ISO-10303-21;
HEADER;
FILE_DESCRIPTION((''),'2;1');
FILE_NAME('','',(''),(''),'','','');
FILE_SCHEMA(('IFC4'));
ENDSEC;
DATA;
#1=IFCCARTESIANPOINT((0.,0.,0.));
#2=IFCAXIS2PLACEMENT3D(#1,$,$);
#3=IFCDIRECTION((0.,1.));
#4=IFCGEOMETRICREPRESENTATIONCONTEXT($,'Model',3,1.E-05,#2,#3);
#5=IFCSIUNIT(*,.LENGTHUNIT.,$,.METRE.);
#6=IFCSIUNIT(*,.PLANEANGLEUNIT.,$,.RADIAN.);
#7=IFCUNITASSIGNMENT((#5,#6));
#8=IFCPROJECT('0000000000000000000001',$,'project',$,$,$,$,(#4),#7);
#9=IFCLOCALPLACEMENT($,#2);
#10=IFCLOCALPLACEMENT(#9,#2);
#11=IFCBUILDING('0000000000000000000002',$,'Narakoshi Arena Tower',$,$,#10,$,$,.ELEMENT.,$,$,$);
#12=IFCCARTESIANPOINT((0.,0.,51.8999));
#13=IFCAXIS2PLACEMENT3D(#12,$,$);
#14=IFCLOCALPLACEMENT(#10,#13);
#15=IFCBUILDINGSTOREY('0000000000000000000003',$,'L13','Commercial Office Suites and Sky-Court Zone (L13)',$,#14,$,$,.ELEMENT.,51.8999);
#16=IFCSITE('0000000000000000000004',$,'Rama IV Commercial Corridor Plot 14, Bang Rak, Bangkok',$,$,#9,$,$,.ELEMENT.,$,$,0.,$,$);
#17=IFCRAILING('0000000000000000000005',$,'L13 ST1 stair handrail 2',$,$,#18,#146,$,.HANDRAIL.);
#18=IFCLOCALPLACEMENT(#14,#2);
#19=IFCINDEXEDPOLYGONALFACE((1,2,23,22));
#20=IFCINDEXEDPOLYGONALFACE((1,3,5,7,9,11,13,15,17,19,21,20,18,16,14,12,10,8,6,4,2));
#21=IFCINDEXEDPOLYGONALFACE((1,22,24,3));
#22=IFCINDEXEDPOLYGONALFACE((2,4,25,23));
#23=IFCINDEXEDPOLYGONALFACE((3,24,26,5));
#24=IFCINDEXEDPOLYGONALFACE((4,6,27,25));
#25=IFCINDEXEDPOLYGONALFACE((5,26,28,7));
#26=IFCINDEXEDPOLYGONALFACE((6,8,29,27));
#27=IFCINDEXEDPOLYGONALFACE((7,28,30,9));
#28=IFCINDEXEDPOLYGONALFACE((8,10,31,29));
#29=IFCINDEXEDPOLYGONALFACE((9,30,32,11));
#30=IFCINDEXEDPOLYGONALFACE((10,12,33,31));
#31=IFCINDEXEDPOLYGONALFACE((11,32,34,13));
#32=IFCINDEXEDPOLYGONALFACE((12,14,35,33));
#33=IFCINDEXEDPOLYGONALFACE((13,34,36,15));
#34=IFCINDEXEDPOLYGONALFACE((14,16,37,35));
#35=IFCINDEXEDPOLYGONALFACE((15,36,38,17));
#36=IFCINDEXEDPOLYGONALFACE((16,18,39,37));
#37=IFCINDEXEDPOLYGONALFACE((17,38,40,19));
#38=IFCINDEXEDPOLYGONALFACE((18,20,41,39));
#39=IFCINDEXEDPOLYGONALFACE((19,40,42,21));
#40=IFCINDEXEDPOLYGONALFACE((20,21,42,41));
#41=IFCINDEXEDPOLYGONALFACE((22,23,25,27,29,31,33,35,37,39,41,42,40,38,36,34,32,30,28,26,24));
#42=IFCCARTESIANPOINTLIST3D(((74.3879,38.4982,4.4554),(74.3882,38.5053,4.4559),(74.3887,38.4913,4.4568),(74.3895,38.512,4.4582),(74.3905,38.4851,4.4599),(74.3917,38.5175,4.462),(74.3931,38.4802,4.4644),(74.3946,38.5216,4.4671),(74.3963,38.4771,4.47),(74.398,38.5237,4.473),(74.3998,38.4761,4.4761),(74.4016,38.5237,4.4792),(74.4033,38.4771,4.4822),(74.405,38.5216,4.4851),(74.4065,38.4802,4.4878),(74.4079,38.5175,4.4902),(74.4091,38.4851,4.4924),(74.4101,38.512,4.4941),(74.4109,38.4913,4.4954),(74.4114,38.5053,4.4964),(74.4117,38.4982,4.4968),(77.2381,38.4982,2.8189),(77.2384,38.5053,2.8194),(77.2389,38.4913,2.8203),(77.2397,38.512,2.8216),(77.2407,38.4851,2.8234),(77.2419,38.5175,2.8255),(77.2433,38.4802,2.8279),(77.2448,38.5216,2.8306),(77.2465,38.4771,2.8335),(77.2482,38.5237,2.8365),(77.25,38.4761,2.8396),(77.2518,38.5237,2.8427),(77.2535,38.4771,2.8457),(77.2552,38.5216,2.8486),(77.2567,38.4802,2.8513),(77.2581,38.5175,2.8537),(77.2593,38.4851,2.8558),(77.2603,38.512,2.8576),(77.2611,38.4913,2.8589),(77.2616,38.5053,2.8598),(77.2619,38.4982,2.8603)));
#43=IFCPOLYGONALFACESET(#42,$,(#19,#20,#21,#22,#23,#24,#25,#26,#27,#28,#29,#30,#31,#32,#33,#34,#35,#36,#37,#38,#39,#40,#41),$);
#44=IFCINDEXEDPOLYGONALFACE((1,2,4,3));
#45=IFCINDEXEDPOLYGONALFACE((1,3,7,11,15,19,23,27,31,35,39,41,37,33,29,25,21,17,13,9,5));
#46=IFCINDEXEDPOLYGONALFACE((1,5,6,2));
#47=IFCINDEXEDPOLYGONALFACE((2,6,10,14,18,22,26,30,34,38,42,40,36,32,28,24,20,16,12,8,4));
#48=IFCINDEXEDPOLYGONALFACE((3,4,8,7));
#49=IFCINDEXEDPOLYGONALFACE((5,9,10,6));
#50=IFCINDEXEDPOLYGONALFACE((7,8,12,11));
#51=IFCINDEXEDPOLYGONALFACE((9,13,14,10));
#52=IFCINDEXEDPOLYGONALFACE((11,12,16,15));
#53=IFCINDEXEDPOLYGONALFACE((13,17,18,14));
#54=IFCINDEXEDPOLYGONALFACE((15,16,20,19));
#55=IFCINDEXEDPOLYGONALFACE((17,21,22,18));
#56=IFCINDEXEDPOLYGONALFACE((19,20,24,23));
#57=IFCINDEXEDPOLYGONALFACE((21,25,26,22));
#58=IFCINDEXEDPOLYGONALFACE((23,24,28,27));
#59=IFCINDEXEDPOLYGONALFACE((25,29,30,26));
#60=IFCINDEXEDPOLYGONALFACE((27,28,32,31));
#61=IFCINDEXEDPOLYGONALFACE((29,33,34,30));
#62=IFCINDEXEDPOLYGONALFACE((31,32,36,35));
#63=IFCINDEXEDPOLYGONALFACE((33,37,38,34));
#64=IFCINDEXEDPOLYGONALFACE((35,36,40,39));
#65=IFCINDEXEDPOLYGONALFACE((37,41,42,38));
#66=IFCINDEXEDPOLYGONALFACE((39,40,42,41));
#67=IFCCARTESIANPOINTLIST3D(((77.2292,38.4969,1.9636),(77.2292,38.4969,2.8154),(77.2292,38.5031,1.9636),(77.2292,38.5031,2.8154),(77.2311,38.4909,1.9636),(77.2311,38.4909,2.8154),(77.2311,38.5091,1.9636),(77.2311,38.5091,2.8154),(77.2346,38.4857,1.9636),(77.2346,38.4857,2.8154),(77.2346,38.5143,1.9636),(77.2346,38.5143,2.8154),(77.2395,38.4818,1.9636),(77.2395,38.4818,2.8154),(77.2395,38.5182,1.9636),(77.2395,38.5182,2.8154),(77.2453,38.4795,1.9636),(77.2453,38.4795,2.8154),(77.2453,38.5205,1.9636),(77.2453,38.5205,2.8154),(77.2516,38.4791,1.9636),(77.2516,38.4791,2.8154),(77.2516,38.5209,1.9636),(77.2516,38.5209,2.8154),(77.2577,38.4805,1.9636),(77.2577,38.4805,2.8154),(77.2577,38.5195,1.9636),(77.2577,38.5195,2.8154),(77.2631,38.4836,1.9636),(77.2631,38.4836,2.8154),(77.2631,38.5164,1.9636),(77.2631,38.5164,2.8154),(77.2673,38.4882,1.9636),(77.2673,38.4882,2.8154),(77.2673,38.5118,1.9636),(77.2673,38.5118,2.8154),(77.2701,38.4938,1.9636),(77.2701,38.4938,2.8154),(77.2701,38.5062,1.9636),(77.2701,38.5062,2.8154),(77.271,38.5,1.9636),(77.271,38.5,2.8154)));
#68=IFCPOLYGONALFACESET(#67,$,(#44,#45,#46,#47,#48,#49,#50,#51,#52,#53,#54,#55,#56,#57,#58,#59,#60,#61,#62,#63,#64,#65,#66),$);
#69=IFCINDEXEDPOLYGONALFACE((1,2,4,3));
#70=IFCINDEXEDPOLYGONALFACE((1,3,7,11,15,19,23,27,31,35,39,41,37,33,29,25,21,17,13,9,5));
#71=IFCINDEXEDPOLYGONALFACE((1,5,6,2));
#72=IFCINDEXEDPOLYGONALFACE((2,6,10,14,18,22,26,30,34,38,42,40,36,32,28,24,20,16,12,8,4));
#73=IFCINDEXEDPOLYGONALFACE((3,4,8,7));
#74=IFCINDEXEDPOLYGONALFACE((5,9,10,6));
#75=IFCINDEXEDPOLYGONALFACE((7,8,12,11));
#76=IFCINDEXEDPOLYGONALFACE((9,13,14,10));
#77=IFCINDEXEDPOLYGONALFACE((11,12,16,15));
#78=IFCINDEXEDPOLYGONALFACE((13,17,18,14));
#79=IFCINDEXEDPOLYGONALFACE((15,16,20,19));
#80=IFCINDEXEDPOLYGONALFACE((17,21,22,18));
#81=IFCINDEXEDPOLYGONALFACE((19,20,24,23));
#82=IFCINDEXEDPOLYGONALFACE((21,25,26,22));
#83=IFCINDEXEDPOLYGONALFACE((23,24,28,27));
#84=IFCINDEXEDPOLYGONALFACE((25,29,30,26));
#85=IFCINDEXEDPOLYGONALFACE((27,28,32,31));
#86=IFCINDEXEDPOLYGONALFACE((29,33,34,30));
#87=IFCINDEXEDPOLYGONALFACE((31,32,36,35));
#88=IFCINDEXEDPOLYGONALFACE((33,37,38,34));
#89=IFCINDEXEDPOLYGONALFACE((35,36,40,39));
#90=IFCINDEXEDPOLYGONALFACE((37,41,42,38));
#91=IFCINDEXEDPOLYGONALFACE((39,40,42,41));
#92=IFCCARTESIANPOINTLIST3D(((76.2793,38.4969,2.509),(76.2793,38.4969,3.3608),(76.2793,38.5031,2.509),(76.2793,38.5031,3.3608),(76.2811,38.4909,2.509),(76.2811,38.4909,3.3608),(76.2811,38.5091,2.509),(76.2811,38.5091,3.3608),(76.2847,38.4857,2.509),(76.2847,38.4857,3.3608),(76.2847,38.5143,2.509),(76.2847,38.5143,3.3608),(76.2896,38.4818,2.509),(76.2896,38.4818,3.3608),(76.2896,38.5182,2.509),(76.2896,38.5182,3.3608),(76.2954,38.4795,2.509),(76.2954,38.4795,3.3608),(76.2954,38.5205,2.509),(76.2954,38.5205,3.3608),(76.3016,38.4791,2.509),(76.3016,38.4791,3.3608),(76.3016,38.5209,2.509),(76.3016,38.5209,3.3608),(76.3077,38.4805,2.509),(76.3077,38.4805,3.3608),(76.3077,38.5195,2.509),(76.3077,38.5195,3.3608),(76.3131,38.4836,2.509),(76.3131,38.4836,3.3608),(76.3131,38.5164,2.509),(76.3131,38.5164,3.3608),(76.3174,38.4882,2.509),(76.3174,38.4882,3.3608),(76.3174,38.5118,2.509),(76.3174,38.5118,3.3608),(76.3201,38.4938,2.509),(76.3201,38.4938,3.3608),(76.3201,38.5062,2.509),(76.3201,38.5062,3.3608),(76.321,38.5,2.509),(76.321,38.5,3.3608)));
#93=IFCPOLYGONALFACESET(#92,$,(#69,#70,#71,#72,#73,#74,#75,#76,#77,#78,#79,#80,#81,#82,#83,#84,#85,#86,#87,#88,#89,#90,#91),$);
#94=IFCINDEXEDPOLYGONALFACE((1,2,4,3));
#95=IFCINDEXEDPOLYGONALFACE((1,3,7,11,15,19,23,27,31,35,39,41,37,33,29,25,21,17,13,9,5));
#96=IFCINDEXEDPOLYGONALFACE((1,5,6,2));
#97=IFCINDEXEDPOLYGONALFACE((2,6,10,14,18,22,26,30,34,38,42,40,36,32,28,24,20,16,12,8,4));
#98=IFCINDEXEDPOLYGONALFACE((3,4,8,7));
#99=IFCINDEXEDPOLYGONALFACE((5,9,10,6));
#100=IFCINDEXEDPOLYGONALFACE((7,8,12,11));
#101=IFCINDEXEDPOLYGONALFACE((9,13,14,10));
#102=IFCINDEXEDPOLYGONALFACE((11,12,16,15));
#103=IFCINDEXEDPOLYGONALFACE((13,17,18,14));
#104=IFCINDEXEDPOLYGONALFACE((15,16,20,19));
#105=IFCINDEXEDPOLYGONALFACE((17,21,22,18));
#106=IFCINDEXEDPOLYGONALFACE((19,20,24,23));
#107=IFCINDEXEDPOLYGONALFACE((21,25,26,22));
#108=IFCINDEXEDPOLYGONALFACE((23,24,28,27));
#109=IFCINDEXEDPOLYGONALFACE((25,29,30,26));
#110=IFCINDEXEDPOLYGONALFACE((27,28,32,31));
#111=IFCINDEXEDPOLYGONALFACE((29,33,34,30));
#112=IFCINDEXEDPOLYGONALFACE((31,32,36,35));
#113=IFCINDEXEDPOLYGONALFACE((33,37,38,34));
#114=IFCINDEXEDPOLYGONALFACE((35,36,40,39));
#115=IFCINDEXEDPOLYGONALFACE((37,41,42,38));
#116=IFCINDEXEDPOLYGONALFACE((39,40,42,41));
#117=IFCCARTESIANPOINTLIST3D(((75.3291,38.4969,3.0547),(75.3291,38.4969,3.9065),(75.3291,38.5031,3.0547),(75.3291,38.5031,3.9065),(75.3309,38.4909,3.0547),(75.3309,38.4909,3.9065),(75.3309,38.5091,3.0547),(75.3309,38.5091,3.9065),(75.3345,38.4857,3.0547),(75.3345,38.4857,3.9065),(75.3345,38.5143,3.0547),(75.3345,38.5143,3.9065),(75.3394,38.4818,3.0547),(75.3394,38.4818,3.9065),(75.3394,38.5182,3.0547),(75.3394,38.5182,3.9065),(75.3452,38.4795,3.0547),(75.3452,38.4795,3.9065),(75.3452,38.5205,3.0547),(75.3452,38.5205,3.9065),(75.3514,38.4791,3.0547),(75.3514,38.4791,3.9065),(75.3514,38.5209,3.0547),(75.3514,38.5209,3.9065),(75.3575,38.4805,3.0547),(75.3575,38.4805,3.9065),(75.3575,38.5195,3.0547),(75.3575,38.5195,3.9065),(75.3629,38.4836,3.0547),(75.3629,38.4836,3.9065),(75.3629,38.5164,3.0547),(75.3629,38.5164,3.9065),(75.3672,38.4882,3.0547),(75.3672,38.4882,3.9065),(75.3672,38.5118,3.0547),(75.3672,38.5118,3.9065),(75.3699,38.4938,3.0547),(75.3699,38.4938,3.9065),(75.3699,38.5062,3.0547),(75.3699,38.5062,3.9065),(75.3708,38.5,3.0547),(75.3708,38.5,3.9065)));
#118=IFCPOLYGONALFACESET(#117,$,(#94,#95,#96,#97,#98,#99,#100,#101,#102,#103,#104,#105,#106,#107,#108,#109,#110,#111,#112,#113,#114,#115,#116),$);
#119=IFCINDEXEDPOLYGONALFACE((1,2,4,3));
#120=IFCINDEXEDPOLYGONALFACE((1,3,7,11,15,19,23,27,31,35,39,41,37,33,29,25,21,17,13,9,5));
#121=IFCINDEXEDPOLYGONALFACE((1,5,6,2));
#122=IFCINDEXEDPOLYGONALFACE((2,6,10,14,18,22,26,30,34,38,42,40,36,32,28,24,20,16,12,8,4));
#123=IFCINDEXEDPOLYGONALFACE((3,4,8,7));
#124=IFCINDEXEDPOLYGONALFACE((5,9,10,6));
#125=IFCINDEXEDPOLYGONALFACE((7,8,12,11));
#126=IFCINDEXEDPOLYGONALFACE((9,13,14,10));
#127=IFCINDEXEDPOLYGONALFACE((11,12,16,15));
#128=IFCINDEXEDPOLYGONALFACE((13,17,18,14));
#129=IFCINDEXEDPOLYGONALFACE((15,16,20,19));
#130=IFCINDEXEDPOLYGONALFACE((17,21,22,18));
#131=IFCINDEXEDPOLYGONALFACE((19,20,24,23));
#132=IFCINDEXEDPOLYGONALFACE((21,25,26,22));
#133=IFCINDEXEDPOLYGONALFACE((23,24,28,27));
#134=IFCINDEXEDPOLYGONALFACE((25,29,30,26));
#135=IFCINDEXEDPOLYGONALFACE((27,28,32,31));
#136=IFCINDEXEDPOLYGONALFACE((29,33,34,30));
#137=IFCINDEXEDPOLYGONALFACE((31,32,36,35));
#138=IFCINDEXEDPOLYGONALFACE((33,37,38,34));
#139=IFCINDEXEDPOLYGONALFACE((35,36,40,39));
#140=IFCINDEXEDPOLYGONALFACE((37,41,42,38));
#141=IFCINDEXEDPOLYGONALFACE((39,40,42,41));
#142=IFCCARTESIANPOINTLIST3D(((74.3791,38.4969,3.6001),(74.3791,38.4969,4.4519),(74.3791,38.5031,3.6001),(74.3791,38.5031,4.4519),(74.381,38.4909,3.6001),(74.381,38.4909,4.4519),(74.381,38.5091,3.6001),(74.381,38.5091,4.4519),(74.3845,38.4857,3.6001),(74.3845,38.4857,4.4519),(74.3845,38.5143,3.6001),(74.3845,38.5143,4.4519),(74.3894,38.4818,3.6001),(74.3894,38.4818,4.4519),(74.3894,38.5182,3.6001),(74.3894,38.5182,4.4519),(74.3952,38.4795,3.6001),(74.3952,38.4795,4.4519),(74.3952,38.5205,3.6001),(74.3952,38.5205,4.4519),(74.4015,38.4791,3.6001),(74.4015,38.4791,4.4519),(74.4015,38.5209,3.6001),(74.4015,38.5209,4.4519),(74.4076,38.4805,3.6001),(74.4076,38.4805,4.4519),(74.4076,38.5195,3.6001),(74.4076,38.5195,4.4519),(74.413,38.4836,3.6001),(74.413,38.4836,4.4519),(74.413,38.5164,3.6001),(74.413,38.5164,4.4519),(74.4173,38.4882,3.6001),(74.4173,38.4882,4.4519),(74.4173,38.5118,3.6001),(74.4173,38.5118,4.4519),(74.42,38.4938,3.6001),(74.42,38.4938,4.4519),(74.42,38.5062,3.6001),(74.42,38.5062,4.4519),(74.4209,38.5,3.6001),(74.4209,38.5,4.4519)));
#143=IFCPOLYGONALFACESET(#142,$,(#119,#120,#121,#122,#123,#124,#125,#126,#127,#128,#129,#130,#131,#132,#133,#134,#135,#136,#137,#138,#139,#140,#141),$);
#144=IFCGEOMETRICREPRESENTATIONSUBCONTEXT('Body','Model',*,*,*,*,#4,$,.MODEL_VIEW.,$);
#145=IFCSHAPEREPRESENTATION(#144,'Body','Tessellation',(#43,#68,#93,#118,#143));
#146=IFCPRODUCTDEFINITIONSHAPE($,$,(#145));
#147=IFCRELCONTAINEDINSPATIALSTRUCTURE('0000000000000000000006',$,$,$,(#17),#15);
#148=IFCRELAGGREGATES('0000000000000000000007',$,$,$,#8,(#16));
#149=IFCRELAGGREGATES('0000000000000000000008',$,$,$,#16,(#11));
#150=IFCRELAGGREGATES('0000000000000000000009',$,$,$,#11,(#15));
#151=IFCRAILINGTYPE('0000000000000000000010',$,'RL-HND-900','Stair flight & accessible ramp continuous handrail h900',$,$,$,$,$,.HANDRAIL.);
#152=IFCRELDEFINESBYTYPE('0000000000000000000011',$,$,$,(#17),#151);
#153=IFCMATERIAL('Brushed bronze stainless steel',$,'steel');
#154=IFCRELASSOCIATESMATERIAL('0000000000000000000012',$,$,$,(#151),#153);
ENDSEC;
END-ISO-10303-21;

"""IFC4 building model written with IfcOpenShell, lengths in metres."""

from ifc_helpers import new_model, si_unit, direction, frame, origin, origin_2d, place, context, subcontext, project, spatial, circle, extrude, material, type_object, element, save


model = new_model("IFC4")

# Units and contexts
model_context = context("Model", 3, precision=1e-05, world=origin(), true_north=direction((0.0, 1.0)))
body_context = subcontext(model_context, "Body", "Model", "MODEL_VIEW")
ifc_project = project(units=[si_unit("LENGTHUNIT", "METRE"), si_unit("PLANEANGLEUNIT", "RADIAN")], contexts=[model_context])

# Site, building, storey
site_placement = place(None, origin())
site = spatial("IfcSite", under=ifc_project, at=site_placement, Name="Rama IV Commercial Corridor Plot 14, Bang Rak, Bangkok", CompositionType="ELEMENT", RefElevation=0.0)
building_placement = place(site_placement, origin())
building = spatial("IfcBuilding", under=site, at=building_placement, Name="Narakoshi Arena Tower", CompositionType="ELEMENT")
storey_placement = place(building_placement, frame((0.0, 0.0, 51.8999)))
storey = spatial("IfcBuildingStorey", under=building, at=storey_placement, Name="L13", Description="Commercial Office Suites and Sky-Court Zone (L13)", CompositionType="ELEMENT", Elevation=51.8999)

# Shared definitions
ifc_material_1 = material(Name="Brushed bronze stainless steel", Category="steel")

# Railing
railing_type_1 = type_object("IfcRailingType", Name="RL-HND-900", Description="Stair flight & accessible ramp continuous handrail h900", PredefinedType="HANDRAIL", material=ifc_material_1)
railing_1_placement = place(storey_placement, frame((77.25, 38.5, 1.9636)))
element("IfcRailing", 1, at=railing_1_placement, inside=storey, type_object=railing_type_1, Name="L13 ST1 stair handrail 2", PredefinedType="HANDRAIL", context=body_context, shape_type="SweptSolid", body=[
    extrude(circle(Radius=0.0239, at=origin_2d()), frame((0.0, 0.0, 0.876), z_axis=(-0.867213, 0.0, 0.497938), x_axis=(0.0, -1.0, 0.0)), (0.0, 0.0, 1.0), 3.2866),
    extrude(circle(Radius=0.021, at=origin_2d()), origin(), (0.0, 0.0, 1.0), 0.8518),
    extrude(circle(Radius=0.021, at=origin_2d()), frame((-0.95, 0.0, 0.5454)), (0.0, 0.0, 1.0), 0.8518),
    extrude(circle(Radius=0.021, at=origin_2d()), frame((-1.9001, 0.0, 1.0911)), (0.0, 0.0, 1.0), 0.8518),
    extrude(circle(Radius=0.021, at=origin_2d()), frame((-2.8501, 0.0, 1.6365)), (0.0, 0.0, 1.0), 0.8518),
])

save(model, "model.ifc")
